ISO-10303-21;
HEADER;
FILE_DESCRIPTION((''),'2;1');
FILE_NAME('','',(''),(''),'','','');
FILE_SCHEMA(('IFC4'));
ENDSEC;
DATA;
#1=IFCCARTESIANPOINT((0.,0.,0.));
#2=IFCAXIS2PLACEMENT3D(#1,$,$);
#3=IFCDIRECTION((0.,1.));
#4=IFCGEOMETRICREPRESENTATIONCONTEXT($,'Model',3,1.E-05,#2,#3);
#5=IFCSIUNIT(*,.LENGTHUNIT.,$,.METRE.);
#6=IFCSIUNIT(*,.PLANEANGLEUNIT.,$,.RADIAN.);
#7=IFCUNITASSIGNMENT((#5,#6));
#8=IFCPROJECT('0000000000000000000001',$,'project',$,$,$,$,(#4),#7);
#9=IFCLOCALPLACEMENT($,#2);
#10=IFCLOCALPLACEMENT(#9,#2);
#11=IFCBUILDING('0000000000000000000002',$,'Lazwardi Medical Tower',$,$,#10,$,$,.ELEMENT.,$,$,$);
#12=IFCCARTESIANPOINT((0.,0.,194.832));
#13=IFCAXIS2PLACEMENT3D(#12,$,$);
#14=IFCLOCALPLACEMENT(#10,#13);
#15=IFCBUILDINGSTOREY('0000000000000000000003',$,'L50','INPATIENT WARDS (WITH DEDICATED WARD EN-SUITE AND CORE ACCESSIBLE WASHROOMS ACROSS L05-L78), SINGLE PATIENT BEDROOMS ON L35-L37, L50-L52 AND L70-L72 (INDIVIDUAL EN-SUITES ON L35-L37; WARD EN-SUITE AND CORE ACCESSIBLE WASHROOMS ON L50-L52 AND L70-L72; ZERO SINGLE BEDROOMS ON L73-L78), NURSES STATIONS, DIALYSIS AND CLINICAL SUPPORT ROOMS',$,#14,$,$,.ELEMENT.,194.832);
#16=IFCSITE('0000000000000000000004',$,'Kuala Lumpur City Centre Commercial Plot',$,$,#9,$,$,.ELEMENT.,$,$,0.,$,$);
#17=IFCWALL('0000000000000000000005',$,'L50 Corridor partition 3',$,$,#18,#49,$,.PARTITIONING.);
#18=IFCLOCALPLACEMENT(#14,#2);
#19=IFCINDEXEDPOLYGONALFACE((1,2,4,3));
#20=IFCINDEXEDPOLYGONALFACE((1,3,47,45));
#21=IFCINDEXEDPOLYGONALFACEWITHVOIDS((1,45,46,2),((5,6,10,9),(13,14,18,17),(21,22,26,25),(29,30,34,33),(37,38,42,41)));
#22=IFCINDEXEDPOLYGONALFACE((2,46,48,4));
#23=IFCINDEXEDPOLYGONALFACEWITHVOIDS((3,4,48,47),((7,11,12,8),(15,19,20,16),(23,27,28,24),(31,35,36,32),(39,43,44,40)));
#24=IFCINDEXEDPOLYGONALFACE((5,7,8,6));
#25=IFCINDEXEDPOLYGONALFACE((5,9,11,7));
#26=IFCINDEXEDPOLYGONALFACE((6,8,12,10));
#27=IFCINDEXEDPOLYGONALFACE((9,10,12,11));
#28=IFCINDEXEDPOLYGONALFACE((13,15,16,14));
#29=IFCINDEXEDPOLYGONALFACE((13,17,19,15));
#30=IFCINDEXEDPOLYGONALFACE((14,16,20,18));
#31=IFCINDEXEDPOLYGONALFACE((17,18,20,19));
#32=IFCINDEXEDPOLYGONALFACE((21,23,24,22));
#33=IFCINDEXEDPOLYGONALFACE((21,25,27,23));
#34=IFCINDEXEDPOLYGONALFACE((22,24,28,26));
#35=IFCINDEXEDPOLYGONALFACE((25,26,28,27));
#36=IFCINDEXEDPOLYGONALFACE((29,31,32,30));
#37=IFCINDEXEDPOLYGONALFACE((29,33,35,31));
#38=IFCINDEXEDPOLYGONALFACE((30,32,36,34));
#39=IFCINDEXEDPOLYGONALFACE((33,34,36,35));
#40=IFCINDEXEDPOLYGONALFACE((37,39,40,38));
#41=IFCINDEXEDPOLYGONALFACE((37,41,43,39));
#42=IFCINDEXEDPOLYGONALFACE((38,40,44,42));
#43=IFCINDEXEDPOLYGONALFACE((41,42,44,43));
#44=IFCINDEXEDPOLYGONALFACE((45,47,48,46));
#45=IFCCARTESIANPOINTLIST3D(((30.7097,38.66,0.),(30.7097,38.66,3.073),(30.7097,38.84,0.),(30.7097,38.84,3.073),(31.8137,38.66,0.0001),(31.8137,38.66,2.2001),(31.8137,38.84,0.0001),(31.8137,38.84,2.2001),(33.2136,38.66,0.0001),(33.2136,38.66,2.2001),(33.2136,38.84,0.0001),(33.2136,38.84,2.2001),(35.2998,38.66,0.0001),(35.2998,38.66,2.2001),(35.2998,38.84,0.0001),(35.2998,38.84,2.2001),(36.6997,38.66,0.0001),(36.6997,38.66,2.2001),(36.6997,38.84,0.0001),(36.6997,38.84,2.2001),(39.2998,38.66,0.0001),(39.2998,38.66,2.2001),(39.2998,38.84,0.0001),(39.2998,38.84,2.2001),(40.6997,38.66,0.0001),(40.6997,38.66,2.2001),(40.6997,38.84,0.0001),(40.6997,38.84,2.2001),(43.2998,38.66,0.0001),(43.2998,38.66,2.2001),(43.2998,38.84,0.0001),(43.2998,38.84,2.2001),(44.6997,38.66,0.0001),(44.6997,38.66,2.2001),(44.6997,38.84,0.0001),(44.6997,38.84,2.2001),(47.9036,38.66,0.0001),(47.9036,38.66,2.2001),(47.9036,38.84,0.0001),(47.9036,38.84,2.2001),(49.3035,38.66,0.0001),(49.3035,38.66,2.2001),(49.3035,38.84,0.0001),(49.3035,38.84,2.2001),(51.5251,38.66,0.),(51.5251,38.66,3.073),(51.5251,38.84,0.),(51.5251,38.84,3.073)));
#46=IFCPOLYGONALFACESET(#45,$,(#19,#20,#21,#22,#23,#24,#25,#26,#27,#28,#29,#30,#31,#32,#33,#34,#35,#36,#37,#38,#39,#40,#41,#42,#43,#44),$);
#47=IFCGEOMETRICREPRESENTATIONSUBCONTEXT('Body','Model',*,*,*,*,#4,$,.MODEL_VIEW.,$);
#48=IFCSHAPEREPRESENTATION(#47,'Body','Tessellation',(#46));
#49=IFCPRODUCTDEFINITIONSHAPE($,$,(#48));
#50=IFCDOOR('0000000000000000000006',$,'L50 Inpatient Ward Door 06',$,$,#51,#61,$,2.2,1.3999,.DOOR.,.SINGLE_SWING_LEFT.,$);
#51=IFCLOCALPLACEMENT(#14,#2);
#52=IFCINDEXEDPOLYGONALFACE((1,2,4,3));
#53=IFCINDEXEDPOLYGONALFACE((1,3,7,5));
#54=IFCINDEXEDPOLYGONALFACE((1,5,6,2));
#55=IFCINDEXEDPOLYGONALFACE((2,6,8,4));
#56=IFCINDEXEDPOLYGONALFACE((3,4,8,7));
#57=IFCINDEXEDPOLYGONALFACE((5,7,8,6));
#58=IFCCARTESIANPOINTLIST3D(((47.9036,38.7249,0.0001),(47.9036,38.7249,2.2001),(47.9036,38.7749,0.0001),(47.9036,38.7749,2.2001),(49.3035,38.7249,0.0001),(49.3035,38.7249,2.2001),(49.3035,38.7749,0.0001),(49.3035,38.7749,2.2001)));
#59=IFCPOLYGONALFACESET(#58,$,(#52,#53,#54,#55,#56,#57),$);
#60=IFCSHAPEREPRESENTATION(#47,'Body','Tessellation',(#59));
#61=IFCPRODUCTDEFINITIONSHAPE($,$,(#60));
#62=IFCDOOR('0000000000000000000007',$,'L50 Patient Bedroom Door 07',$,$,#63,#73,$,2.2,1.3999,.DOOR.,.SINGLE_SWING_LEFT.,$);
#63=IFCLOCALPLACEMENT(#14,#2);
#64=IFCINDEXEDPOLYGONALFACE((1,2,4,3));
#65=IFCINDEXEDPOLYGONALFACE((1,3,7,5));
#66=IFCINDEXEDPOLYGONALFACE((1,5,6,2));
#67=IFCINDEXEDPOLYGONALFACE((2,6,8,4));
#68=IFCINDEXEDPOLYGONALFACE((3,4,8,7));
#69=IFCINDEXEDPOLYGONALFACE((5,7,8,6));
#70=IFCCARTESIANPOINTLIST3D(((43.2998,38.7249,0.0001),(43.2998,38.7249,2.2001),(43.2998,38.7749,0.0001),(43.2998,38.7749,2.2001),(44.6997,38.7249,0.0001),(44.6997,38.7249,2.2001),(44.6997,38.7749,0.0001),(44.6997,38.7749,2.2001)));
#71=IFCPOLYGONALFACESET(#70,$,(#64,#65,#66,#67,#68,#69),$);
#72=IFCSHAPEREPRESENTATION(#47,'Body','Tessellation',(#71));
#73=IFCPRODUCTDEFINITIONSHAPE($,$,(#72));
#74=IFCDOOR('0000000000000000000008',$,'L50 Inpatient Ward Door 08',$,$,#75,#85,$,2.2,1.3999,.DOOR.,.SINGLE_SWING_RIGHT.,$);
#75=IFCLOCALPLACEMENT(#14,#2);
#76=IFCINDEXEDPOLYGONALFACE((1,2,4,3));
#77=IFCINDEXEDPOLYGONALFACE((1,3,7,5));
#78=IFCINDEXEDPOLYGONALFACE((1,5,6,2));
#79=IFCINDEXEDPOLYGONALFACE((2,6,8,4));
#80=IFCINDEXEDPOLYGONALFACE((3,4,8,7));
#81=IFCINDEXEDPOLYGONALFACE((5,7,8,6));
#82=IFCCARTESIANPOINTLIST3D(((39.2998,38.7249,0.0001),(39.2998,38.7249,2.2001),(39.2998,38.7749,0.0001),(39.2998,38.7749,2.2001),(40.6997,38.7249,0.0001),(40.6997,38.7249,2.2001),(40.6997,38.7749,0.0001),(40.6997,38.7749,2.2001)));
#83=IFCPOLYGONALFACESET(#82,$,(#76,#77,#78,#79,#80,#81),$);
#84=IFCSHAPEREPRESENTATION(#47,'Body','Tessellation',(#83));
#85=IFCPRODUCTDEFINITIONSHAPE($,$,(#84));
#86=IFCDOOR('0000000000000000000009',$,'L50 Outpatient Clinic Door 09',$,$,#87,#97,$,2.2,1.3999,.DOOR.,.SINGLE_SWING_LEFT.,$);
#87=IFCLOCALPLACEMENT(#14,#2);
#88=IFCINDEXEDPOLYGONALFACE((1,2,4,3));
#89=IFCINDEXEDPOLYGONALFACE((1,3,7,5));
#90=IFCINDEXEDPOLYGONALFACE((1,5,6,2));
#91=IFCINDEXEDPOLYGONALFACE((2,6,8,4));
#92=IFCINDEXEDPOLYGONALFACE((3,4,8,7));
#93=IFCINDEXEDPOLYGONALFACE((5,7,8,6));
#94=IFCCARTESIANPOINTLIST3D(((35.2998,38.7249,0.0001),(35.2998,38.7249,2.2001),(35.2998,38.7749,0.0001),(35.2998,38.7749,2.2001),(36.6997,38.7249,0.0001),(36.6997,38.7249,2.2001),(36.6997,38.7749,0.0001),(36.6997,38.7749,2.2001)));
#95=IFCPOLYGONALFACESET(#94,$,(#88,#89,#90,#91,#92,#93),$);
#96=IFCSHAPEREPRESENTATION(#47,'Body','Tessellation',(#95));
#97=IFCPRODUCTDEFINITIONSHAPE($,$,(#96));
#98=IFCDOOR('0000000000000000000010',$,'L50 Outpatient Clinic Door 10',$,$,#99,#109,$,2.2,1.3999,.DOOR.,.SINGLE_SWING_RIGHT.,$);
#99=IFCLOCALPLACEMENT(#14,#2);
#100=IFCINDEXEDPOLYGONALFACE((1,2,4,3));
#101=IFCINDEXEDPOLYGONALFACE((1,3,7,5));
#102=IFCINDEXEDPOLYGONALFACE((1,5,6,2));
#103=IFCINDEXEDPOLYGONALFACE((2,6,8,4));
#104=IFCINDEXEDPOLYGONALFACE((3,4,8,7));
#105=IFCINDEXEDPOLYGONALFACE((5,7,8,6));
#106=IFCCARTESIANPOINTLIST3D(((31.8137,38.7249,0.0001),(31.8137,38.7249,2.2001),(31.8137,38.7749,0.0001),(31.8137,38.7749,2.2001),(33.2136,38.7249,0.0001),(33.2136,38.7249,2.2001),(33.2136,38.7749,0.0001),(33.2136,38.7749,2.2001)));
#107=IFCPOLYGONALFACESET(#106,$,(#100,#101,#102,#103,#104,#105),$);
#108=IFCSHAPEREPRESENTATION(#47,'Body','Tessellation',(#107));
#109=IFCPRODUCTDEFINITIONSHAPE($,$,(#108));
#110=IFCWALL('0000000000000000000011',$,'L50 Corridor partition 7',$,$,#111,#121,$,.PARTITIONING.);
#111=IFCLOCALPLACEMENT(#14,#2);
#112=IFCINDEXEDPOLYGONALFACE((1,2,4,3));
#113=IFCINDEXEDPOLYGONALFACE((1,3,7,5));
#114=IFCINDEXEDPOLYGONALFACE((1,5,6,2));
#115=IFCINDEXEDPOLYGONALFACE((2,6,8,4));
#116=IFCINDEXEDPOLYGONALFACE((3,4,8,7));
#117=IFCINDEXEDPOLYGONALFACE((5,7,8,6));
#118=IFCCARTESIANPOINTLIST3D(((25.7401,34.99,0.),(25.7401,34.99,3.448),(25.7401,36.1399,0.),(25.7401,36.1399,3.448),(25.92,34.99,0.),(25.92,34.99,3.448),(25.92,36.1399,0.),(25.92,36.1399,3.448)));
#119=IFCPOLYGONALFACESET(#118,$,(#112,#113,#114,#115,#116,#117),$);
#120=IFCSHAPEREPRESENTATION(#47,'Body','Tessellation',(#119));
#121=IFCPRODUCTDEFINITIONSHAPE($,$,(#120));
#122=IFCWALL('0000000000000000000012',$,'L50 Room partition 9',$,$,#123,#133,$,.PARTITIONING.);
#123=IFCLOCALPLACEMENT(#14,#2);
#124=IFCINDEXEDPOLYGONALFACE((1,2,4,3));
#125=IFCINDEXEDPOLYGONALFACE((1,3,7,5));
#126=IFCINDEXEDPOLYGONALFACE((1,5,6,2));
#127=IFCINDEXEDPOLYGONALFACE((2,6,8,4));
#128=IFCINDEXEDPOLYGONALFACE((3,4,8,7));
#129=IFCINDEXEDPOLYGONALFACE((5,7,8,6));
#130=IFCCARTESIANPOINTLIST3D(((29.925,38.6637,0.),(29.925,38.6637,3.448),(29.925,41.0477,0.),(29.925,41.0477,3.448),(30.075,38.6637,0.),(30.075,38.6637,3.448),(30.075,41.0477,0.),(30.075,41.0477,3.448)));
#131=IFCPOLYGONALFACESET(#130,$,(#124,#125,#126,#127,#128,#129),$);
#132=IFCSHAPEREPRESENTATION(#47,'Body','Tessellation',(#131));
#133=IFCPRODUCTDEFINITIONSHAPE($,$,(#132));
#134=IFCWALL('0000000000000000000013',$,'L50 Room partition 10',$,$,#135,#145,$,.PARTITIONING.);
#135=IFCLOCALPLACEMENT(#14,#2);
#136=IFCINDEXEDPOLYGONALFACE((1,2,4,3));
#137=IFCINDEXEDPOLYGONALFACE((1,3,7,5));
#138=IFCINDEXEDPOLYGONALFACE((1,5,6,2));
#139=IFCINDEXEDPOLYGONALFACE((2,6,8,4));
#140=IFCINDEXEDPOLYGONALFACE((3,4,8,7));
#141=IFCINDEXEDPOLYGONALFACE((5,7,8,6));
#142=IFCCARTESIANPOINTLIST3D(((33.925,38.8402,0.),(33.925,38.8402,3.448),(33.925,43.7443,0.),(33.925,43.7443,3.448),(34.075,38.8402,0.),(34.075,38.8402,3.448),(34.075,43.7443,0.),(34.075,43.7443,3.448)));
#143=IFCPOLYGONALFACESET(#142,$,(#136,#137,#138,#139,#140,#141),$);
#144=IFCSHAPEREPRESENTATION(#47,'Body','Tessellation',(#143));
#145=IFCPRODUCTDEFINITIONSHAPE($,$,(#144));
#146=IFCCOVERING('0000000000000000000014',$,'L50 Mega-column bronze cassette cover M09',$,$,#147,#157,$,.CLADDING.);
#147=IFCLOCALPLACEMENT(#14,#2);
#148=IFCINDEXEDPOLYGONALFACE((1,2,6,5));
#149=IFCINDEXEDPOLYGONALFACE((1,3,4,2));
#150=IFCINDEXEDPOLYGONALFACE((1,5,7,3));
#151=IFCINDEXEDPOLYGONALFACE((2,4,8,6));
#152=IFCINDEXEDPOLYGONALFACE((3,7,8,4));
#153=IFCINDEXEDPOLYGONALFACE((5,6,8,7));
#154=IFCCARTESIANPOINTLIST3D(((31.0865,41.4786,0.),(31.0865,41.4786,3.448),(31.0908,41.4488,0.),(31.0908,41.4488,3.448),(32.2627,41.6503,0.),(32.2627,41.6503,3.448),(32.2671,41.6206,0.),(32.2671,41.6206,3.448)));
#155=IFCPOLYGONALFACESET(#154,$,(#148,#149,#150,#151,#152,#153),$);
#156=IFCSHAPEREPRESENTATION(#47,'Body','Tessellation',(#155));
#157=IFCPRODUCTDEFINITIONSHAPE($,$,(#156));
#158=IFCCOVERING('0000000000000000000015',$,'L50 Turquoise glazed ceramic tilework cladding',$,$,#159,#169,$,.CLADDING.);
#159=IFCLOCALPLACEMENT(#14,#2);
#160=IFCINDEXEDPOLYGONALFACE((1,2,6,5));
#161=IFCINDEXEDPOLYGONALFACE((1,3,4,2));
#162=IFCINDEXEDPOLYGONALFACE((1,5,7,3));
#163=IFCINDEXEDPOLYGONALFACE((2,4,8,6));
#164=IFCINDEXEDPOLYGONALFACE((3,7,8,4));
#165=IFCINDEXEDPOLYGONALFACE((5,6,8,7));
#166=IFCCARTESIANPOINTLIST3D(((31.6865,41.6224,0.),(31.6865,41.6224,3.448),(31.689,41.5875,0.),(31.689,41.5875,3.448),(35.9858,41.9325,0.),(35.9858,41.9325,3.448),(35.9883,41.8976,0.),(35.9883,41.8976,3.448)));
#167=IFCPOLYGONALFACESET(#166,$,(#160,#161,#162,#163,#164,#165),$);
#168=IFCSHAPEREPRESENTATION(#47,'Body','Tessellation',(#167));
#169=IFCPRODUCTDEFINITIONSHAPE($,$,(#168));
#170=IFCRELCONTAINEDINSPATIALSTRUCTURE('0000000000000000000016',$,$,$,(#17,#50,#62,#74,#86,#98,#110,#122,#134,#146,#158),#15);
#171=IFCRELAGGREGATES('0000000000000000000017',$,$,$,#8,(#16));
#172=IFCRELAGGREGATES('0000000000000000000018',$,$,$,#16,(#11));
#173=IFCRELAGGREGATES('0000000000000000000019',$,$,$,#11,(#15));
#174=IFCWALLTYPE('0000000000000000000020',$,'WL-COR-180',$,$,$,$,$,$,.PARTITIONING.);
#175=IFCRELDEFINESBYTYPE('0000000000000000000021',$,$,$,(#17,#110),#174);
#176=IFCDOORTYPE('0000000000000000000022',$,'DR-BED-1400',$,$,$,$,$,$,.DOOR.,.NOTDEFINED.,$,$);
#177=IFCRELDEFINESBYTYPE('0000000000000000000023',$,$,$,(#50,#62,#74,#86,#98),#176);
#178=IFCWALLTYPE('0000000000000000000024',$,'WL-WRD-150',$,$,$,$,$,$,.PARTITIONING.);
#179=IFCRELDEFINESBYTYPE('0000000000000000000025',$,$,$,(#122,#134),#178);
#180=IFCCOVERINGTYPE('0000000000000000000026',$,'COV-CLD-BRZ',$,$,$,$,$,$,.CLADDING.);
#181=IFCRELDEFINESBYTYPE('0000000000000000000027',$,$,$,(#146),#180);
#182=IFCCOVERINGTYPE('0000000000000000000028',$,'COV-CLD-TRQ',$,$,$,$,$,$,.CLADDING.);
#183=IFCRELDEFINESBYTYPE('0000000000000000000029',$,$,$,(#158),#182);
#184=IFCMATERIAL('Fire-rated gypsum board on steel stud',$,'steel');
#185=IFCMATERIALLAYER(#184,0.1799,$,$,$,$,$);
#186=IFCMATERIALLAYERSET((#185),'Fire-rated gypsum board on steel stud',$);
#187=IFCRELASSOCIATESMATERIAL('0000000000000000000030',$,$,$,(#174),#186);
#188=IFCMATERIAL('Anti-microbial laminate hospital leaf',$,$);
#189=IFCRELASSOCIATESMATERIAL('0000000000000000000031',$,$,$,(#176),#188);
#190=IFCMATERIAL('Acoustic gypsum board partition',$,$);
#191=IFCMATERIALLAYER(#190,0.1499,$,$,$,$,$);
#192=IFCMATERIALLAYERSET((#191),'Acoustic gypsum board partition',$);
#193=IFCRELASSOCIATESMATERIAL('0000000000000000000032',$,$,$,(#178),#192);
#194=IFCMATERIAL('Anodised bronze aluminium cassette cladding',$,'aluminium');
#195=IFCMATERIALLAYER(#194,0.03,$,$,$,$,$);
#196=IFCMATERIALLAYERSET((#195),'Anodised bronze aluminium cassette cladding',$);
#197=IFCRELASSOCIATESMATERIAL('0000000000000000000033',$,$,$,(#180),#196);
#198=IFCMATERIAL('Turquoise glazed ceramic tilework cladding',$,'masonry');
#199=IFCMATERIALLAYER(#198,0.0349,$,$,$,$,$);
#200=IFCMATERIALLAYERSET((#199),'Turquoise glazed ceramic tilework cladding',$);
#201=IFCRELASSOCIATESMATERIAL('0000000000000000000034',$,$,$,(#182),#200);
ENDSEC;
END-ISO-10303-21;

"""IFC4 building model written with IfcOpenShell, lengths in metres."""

from ifc_helpers import new_model, si_unit, direction, frame, frame_2d, origin, origin_2d, place, context, subcontext, project, spatial, rectangle, extrude, material, layer, layer_set, type_object, element, fill, save


model = new_model("IFC4")

# Units and contexts
model_context = context("Model", 3, precision=1e-05, world=origin(), true_north=direction((0.0, 1.0)))
body_context = subcontext(model_context, "Body", "Model", "MODEL_VIEW")
ifc_project = project(units=[si_unit("LENGTHUNIT", "METRE"), si_unit("PLANEANGLEUNIT", "RADIAN")], contexts=[model_context])

# Site, building, storey
site_placement = place(None, origin())
site = spatial("IfcSite", under=ifc_project, at=site_placement, Name="Kuala Lumpur City Centre Commercial Plot", CompositionType="ELEMENT", RefElevation=0.0)
building_placement = place(site_placement, origin())
building = spatial("IfcBuilding", under=site, at=building_placement, Name="Lazwardi Medical Tower", CompositionType="ELEMENT")
storey_placement = place(building_placement, frame((0.0, 0.0, 194.832)))
storey = spatial("IfcBuildingStorey", under=building, at=storey_placement, Name="L50", Description="INPATIENT WARDS (WITH DEDICATED WARD EN-SUITE AND CORE ACCESSIBLE WASHROOMS ACROSS L05-L78), SINGLE PATIENT BEDROOMS ON L35-L37, L50-L52 AND L70-L72 (INDIVIDUAL EN-SUITES ON L35-L37; WARD EN-SUITE AND CORE ACCESSIBLE WASHROOMS ON L50-L52 AND L70-L72; ZERO SINGLE BEDROOMS ON L73-L78), NURSES STATIONS, DIALYSIS AND CLINICAL SUPPORT ROOMS", CompositionType="ELEMENT", Elevation=194.832)

# Shared definitions
ifc_material_1 = material(Name="Fire-rated gypsum board on steel stud", Category="steel")
ifc_layer_1 = layer(ifc_material_1, 0.1799)
ifc_layer_set_1 = layer_set([ifc_layer_1], Name="Fire-rated gypsum board on steel stud")
wall_type_1 = type_object("IfcWallType", Name="WL-COR-180", PredefinedType="PARTITIONING", material=ifc_layer_set_1)

# Wall, openings, doors
wall_1_placement = place(storey_placement, frame((30.7097, 38.75, 0.0), z_axis=(0.0, 0.0, 1.0), x_axis=(1.0, 0.0, 0.0)))
wall_1 = element("IfcWall", 1, at=wall_1_placement, inside=storey, type_object=wall_type_1, Name="L50 Corridor partition 3", PredefinedType="PARTITIONING", context=body_context, shape_type="SweptSolid", body=[
    extrude(rectangle(XDim=20.8154, YDim=0.1799, at=frame_2d((10.4077, 0.0))), origin(), (0.0, 0.0, 1.0), 3.073),
])
opening_1_placement = place(wall_1_placement, frame((17.1938, 0.0, 0.0)))
opening_1 = element("IfcOpeningElement", 2, at=opening_1_placement, cuts=wall_1, PredefinedType="OPENING", context=body_context, shape_type="SweptSolid", body=[
    extrude(rectangle(XDim=1.3999, YDim=2.2, at=frame_2d((0.7, 1.1001))), frame((0.0, 0.0999, 0.0), z_axis=(0.0, -1.0, 0.0), x_axis=(1.0, 0.0, 0.0)), (0.0, 0.0, 1.0), 0.2),
])
opening_2_placement = place(wall_1_placement, frame((12.5901, 0.0, 0.0)))
opening_2 = element("IfcOpeningElement", 3, at=opening_2_placement, cuts=wall_1, PredefinedType="OPENING", context=body_context, shape_type="SweptSolid", body=[
    extrude(rectangle(XDim=1.3999, YDim=2.2, at=frame_2d((0.7, 1.1001))), frame((0.0, 0.0999, 0.0), z_axis=(0.0, -1.0, 0.0), x_axis=(1.0, 0.0, 0.0)), (0.0, 0.0, 1.0), 0.2),
])
opening_3_placement = place(wall_1_placement, frame((8.5901, 0.0, 0.0)))
opening_3 = element("IfcOpeningElement", 4, at=opening_3_placement, cuts=wall_1, PredefinedType="OPENING", context=body_context, shape_type="SweptSolid", body=[
    extrude(rectangle(XDim=1.3999, YDim=2.2, at=frame_2d((0.7, 1.1001))), frame((0.0, 0.0999, 0.0), z_axis=(0.0, -1.0, 0.0), x_axis=(1.0, 0.0, 0.0)), (0.0, 0.0, 1.0), 0.2),
])
opening_4_placement = place(wall_1_placement, frame((4.5901, 0.0, 0.0)))
opening_4 = element("IfcOpeningElement", 5, at=opening_4_placement, cuts=wall_1, PredefinedType="OPENING", context=body_context, shape_type="SweptSolid", body=[
    extrude(rectangle(XDim=1.3999, YDim=2.2, at=frame_2d((0.7, 1.1001))), frame((0.0, 0.0999, 0.0), z_axis=(0.0, -1.0, 0.0), x_axis=(1.0, 0.0, 0.0)), (0.0, 0.0, 1.0), 0.2),
])
opening_5_placement = place(wall_1_placement, frame((1.104, 0.0, 0.0)))
opening_5 = element("IfcOpeningElement", 6, at=opening_5_placement, cuts=wall_1, PredefinedType="OPENING", context=body_context, shape_type="SweptSolid", body=[
    extrude(rectangle(XDim=1.3999, YDim=2.2, at=frame_2d((0.7, 1.1001))), frame((0.0, 0.0999, 0.0), z_axis=(0.0, -1.0, 0.0), x_axis=(1.0, 0.0, 0.0)), (0.0, 0.0, 1.0), 0.2),
])
ifc_material_2 = material(Name="Anti-microbial laminate hospital leaf")
door_type = type_object("IfcDoorType", Name="DR-BED-1400", OperationType="NOTDEFINED", PredefinedType="DOOR", material=ifc_material_2)
door_1_placement = place(opening_1_placement, origin())
door_1 = element("IfcDoor", 7, at=door_1_placement, inside=storey, type_object=door_type, Name="L50 Inpatient Ward Door 06", OperationType="SINGLE_SWING_LEFT", OverallHeight=2.2, OverallWidth=1.3999, PredefinedType="DOOR", context=body_context, shape_type="SweptSolid", body=[
    extrude(rectangle(XDim=1.3999, YDim=2.2, at=frame_2d((0.7, 1.1001))), frame((0.0, 0.0249, 0.0), z_axis=(0.0, -1.0, 0.0), x_axis=(1.0, 0.0, 0.0)), (0.0, 0.0, 1.0), 0.05),
])
fill(opening_1, door_1)
door_2_placement = place(opening_2_placement, origin())
door_2 = element("IfcDoor", 8, at=door_2_placement, inside=storey, type_object=door_type, Name="L50 Patient Bedroom Door 07", OperationType="SINGLE_SWING_LEFT", OverallHeight=2.2, OverallWidth=1.3999, PredefinedType="DOOR", context=body_context, shape_type="SweptSolid", body=[
    extrude(rectangle(XDim=1.3999, YDim=2.2, at=frame_2d((0.7, 1.1001))), frame((0.0, 0.0249, 0.0), z_axis=(0.0, -1.0, 0.0), x_axis=(1.0, 0.0, 0.0)), (0.0, 0.0, 1.0), 0.05),
])
fill(opening_2, door_2)
door_3_placement = place(opening_3_placement, origin())
door_3 = element("IfcDoor", 9, at=door_3_placement, inside=storey, type_object=door_type, Name="L50 Inpatient Ward Door 08", OperationType="SINGLE_SWING_RIGHT", OverallHeight=2.2, OverallWidth=1.3999, PredefinedType="DOOR", context=body_context, shape_type="SweptSolid", body=[
    extrude(rectangle(XDim=1.3999, YDim=2.2, at=frame_2d((0.7, 1.1001))), frame((0.0, 0.0249, 0.0), z_axis=(0.0, -1.0, 0.0), x_axis=(1.0, 0.0, 0.0)), (0.0, 0.0, 1.0), 0.05),
])
fill(opening_3, door_3)
door_4_placement = place(opening_4_placement, origin())
door_4 = element("IfcDoor", 10, at=door_4_placement, inside=storey, type_object=door_type, Name="L50 Outpatient Clinic Door 09", OperationType="SINGLE_SWING_LEFT", OverallHeight=2.2, OverallWidth=1.3999, PredefinedType="DOOR", context=body_context, shape_type="SweptSolid", body=[
    extrude(rectangle(XDim=1.3999, YDim=2.2, at=frame_2d((0.7, 1.1001))), frame((0.0, 0.0249, 0.0), z_axis=(0.0, -1.0, 0.0), x_axis=(1.0, 0.0, 0.0)), (0.0, 0.0, 1.0), 0.05),
])
fill(opening_4, door_4)
door_5_placement = place(opening_5_placement, origin())
door_5 = element("IfcDoor", 11, at=door_5_placement, inside=storey, type_object=door_type, Name="L50 Outpatient Clinic Door 10", OperationType="SINGLE_SWING_RIGHT", OverallHeight=2.2, OverallWidth=1.3999, PredefinedType="DOOR", context=body_context, shape_type="SweptSolid", body=[
    extrude(rectangle(XDim=1.3999, YDim=2.2, at=frame_2d((0.7, 1.1001))), frame((0.0, 0.0249, 0.0), z_axis=(0.0, -1.0, 0.0), x_axis=(1.0, 0.0, 0.0)), (0.0, 0.0, 1.0), 0.05),
])
fill(opening_5, door_5)

# Walls
wall_2_placement = place(storey_placement, frame((25.8301, 36.1399, 0.0), z_axis=(0.0, 0.0, 1.0), x_axis=(0.0, -1.0, 0.0)))
element("IfcWall", 12, at=wall_2_placement, inside=storey, type_object=wall_type_1, Name="L50 Corridor partition 7", PredefinedType="PARTITIONING", context=body_context, shape_type="SweptSolid", body=[
    extrude(rectangle(XDim=1.1499, YDim=0.1799, at=frame_2d((0.575, 0.0))), origin(), (0.0, 0.0, 1.0), 3.448),
])
ifc_material_3 = material(Name="Acoustic gypsum board partition")
ifc_layer_2 = layer(ifc_material_3, 0.1499)
ifc_layer_set_2 = layer_set([ifc_layer_2], Name="Acoustic gypsum board partition")
wall_type_2 = type_object("IfcWallType", Name="WL-WRD-150", PredefinedType="PARTITIONING", material=ifc_layer_set_2)
wall_3_placement = place(storey_placement, frame((30.0, 38.6638, 0.0), z_axis=(0.0, 0.0, 1.0), x_axis=(0.0, 1.0, 0.0)))
element("IfcWall", 13, at=wall_3_placement, inside=storey, type_object=wall_type_2, Name="L50 Room partition 9", PredefinedType="PARTITIONING", context=body_context, shape_type="SweptSolid", body=[
    extrude(rectangle(XDim=2.384, YDim=0.1499, at=frame_2d((1.1919, 0.0))), origin(), (0.0, 0.0, 1.0), 3.448),
])
wall_4_placement = place(storey_placement, frame((34.0, 38.8401, 0.0), z_axis=(0.0, 0.0, 1.0), x_axis=(0.0, 1.0, 0.0)))
element("IfcWall", 14, at=wall_4_placement, inside=storey, type_object=wall_type_2, Name="L50 Room partition 10", PredefinedType="PARTITIONING", context=body_context, shape_type="SweptSolid", body=[
    extrude(rectangle(XDim=4.9041, YDim=0.1499, at=frame_2d((2.4521, 0.0))), origin(), (0.0, 0.0, 1.0), 3.448),
])

# Coverings
ifc_material_4 = material(Name="Anodised bronze aluminium cassette cladding", Category="aluminium")
ifc_layer_3 = layer(ifc_material_4, 0.03)
ifc_layer_set_3 = layer_set([ifc_layer_3], Name="Anodised bronze aluminium cassette cladding")
covering_type_1 = type_object("IfcCoveringType", Name="COV-CLD-BRZ", PredefinedType="CLADDING", material=ifc_layer_set_3)
covering_1_placement = place(storey_placement, frame((31.6768, 41.5496, 0.0), z_axis=(0.0, 0.0, 1.0), x_axis=(-0.989512, -0.144448, 0.0)))
element("IfcCovering", 15, at=covering_1_placement, inside=storey, type_object=covering_type_1, Name="L50 Mega-column bronze cassette cover M09", PredefinedType="CLADDING", context=body_context, shape_type="SweptSolid", body=[
    extrude(rectangle(XDim=1.1887, YDim=0.03, at=origin_2d()), origin(), (0.0, 0.0, 1.0), 3.448),
])
ifc_material_5 = material(Name="Turquoise glazed ceramic tilework cladding", Category="masonry")
ifc_layer_4 = layer(ifc_material_5, 0.0349)
ifc_layer_set_4 = layer_set([ifc_layer_4], Name="Turquoise glazed ceramic tilework cladding")
covering_type_2 = type_object("IfcCoveringType", Name="COV-CLD-TRQ", PredefinedType="CLADDING", material=ifc_layer_set_4)
covering_2_placement = place(storey_placement, frame((33.8374, 41.76, 0.0), z_axis=(0.0, 0.0, 1.0), x_axis=(-0.997409, -0.07194, 0.0)))
element("IfcCovering", 16, at=covering_2_placement, inside=storey, type_object=covering_type_2, Name="L50 Turquoise glazed ceramic tilework cladding", PredefinedType="CLADDING", context=body_context, shape_type="SweptSolid", body=[
    extrude(rectangle(XDim=4.3105, YDim=0.0349, at=origin_2d()), origin(), (0.0, 0.0, 1.0), 3.448),
])

save(model, "model.ifc")
